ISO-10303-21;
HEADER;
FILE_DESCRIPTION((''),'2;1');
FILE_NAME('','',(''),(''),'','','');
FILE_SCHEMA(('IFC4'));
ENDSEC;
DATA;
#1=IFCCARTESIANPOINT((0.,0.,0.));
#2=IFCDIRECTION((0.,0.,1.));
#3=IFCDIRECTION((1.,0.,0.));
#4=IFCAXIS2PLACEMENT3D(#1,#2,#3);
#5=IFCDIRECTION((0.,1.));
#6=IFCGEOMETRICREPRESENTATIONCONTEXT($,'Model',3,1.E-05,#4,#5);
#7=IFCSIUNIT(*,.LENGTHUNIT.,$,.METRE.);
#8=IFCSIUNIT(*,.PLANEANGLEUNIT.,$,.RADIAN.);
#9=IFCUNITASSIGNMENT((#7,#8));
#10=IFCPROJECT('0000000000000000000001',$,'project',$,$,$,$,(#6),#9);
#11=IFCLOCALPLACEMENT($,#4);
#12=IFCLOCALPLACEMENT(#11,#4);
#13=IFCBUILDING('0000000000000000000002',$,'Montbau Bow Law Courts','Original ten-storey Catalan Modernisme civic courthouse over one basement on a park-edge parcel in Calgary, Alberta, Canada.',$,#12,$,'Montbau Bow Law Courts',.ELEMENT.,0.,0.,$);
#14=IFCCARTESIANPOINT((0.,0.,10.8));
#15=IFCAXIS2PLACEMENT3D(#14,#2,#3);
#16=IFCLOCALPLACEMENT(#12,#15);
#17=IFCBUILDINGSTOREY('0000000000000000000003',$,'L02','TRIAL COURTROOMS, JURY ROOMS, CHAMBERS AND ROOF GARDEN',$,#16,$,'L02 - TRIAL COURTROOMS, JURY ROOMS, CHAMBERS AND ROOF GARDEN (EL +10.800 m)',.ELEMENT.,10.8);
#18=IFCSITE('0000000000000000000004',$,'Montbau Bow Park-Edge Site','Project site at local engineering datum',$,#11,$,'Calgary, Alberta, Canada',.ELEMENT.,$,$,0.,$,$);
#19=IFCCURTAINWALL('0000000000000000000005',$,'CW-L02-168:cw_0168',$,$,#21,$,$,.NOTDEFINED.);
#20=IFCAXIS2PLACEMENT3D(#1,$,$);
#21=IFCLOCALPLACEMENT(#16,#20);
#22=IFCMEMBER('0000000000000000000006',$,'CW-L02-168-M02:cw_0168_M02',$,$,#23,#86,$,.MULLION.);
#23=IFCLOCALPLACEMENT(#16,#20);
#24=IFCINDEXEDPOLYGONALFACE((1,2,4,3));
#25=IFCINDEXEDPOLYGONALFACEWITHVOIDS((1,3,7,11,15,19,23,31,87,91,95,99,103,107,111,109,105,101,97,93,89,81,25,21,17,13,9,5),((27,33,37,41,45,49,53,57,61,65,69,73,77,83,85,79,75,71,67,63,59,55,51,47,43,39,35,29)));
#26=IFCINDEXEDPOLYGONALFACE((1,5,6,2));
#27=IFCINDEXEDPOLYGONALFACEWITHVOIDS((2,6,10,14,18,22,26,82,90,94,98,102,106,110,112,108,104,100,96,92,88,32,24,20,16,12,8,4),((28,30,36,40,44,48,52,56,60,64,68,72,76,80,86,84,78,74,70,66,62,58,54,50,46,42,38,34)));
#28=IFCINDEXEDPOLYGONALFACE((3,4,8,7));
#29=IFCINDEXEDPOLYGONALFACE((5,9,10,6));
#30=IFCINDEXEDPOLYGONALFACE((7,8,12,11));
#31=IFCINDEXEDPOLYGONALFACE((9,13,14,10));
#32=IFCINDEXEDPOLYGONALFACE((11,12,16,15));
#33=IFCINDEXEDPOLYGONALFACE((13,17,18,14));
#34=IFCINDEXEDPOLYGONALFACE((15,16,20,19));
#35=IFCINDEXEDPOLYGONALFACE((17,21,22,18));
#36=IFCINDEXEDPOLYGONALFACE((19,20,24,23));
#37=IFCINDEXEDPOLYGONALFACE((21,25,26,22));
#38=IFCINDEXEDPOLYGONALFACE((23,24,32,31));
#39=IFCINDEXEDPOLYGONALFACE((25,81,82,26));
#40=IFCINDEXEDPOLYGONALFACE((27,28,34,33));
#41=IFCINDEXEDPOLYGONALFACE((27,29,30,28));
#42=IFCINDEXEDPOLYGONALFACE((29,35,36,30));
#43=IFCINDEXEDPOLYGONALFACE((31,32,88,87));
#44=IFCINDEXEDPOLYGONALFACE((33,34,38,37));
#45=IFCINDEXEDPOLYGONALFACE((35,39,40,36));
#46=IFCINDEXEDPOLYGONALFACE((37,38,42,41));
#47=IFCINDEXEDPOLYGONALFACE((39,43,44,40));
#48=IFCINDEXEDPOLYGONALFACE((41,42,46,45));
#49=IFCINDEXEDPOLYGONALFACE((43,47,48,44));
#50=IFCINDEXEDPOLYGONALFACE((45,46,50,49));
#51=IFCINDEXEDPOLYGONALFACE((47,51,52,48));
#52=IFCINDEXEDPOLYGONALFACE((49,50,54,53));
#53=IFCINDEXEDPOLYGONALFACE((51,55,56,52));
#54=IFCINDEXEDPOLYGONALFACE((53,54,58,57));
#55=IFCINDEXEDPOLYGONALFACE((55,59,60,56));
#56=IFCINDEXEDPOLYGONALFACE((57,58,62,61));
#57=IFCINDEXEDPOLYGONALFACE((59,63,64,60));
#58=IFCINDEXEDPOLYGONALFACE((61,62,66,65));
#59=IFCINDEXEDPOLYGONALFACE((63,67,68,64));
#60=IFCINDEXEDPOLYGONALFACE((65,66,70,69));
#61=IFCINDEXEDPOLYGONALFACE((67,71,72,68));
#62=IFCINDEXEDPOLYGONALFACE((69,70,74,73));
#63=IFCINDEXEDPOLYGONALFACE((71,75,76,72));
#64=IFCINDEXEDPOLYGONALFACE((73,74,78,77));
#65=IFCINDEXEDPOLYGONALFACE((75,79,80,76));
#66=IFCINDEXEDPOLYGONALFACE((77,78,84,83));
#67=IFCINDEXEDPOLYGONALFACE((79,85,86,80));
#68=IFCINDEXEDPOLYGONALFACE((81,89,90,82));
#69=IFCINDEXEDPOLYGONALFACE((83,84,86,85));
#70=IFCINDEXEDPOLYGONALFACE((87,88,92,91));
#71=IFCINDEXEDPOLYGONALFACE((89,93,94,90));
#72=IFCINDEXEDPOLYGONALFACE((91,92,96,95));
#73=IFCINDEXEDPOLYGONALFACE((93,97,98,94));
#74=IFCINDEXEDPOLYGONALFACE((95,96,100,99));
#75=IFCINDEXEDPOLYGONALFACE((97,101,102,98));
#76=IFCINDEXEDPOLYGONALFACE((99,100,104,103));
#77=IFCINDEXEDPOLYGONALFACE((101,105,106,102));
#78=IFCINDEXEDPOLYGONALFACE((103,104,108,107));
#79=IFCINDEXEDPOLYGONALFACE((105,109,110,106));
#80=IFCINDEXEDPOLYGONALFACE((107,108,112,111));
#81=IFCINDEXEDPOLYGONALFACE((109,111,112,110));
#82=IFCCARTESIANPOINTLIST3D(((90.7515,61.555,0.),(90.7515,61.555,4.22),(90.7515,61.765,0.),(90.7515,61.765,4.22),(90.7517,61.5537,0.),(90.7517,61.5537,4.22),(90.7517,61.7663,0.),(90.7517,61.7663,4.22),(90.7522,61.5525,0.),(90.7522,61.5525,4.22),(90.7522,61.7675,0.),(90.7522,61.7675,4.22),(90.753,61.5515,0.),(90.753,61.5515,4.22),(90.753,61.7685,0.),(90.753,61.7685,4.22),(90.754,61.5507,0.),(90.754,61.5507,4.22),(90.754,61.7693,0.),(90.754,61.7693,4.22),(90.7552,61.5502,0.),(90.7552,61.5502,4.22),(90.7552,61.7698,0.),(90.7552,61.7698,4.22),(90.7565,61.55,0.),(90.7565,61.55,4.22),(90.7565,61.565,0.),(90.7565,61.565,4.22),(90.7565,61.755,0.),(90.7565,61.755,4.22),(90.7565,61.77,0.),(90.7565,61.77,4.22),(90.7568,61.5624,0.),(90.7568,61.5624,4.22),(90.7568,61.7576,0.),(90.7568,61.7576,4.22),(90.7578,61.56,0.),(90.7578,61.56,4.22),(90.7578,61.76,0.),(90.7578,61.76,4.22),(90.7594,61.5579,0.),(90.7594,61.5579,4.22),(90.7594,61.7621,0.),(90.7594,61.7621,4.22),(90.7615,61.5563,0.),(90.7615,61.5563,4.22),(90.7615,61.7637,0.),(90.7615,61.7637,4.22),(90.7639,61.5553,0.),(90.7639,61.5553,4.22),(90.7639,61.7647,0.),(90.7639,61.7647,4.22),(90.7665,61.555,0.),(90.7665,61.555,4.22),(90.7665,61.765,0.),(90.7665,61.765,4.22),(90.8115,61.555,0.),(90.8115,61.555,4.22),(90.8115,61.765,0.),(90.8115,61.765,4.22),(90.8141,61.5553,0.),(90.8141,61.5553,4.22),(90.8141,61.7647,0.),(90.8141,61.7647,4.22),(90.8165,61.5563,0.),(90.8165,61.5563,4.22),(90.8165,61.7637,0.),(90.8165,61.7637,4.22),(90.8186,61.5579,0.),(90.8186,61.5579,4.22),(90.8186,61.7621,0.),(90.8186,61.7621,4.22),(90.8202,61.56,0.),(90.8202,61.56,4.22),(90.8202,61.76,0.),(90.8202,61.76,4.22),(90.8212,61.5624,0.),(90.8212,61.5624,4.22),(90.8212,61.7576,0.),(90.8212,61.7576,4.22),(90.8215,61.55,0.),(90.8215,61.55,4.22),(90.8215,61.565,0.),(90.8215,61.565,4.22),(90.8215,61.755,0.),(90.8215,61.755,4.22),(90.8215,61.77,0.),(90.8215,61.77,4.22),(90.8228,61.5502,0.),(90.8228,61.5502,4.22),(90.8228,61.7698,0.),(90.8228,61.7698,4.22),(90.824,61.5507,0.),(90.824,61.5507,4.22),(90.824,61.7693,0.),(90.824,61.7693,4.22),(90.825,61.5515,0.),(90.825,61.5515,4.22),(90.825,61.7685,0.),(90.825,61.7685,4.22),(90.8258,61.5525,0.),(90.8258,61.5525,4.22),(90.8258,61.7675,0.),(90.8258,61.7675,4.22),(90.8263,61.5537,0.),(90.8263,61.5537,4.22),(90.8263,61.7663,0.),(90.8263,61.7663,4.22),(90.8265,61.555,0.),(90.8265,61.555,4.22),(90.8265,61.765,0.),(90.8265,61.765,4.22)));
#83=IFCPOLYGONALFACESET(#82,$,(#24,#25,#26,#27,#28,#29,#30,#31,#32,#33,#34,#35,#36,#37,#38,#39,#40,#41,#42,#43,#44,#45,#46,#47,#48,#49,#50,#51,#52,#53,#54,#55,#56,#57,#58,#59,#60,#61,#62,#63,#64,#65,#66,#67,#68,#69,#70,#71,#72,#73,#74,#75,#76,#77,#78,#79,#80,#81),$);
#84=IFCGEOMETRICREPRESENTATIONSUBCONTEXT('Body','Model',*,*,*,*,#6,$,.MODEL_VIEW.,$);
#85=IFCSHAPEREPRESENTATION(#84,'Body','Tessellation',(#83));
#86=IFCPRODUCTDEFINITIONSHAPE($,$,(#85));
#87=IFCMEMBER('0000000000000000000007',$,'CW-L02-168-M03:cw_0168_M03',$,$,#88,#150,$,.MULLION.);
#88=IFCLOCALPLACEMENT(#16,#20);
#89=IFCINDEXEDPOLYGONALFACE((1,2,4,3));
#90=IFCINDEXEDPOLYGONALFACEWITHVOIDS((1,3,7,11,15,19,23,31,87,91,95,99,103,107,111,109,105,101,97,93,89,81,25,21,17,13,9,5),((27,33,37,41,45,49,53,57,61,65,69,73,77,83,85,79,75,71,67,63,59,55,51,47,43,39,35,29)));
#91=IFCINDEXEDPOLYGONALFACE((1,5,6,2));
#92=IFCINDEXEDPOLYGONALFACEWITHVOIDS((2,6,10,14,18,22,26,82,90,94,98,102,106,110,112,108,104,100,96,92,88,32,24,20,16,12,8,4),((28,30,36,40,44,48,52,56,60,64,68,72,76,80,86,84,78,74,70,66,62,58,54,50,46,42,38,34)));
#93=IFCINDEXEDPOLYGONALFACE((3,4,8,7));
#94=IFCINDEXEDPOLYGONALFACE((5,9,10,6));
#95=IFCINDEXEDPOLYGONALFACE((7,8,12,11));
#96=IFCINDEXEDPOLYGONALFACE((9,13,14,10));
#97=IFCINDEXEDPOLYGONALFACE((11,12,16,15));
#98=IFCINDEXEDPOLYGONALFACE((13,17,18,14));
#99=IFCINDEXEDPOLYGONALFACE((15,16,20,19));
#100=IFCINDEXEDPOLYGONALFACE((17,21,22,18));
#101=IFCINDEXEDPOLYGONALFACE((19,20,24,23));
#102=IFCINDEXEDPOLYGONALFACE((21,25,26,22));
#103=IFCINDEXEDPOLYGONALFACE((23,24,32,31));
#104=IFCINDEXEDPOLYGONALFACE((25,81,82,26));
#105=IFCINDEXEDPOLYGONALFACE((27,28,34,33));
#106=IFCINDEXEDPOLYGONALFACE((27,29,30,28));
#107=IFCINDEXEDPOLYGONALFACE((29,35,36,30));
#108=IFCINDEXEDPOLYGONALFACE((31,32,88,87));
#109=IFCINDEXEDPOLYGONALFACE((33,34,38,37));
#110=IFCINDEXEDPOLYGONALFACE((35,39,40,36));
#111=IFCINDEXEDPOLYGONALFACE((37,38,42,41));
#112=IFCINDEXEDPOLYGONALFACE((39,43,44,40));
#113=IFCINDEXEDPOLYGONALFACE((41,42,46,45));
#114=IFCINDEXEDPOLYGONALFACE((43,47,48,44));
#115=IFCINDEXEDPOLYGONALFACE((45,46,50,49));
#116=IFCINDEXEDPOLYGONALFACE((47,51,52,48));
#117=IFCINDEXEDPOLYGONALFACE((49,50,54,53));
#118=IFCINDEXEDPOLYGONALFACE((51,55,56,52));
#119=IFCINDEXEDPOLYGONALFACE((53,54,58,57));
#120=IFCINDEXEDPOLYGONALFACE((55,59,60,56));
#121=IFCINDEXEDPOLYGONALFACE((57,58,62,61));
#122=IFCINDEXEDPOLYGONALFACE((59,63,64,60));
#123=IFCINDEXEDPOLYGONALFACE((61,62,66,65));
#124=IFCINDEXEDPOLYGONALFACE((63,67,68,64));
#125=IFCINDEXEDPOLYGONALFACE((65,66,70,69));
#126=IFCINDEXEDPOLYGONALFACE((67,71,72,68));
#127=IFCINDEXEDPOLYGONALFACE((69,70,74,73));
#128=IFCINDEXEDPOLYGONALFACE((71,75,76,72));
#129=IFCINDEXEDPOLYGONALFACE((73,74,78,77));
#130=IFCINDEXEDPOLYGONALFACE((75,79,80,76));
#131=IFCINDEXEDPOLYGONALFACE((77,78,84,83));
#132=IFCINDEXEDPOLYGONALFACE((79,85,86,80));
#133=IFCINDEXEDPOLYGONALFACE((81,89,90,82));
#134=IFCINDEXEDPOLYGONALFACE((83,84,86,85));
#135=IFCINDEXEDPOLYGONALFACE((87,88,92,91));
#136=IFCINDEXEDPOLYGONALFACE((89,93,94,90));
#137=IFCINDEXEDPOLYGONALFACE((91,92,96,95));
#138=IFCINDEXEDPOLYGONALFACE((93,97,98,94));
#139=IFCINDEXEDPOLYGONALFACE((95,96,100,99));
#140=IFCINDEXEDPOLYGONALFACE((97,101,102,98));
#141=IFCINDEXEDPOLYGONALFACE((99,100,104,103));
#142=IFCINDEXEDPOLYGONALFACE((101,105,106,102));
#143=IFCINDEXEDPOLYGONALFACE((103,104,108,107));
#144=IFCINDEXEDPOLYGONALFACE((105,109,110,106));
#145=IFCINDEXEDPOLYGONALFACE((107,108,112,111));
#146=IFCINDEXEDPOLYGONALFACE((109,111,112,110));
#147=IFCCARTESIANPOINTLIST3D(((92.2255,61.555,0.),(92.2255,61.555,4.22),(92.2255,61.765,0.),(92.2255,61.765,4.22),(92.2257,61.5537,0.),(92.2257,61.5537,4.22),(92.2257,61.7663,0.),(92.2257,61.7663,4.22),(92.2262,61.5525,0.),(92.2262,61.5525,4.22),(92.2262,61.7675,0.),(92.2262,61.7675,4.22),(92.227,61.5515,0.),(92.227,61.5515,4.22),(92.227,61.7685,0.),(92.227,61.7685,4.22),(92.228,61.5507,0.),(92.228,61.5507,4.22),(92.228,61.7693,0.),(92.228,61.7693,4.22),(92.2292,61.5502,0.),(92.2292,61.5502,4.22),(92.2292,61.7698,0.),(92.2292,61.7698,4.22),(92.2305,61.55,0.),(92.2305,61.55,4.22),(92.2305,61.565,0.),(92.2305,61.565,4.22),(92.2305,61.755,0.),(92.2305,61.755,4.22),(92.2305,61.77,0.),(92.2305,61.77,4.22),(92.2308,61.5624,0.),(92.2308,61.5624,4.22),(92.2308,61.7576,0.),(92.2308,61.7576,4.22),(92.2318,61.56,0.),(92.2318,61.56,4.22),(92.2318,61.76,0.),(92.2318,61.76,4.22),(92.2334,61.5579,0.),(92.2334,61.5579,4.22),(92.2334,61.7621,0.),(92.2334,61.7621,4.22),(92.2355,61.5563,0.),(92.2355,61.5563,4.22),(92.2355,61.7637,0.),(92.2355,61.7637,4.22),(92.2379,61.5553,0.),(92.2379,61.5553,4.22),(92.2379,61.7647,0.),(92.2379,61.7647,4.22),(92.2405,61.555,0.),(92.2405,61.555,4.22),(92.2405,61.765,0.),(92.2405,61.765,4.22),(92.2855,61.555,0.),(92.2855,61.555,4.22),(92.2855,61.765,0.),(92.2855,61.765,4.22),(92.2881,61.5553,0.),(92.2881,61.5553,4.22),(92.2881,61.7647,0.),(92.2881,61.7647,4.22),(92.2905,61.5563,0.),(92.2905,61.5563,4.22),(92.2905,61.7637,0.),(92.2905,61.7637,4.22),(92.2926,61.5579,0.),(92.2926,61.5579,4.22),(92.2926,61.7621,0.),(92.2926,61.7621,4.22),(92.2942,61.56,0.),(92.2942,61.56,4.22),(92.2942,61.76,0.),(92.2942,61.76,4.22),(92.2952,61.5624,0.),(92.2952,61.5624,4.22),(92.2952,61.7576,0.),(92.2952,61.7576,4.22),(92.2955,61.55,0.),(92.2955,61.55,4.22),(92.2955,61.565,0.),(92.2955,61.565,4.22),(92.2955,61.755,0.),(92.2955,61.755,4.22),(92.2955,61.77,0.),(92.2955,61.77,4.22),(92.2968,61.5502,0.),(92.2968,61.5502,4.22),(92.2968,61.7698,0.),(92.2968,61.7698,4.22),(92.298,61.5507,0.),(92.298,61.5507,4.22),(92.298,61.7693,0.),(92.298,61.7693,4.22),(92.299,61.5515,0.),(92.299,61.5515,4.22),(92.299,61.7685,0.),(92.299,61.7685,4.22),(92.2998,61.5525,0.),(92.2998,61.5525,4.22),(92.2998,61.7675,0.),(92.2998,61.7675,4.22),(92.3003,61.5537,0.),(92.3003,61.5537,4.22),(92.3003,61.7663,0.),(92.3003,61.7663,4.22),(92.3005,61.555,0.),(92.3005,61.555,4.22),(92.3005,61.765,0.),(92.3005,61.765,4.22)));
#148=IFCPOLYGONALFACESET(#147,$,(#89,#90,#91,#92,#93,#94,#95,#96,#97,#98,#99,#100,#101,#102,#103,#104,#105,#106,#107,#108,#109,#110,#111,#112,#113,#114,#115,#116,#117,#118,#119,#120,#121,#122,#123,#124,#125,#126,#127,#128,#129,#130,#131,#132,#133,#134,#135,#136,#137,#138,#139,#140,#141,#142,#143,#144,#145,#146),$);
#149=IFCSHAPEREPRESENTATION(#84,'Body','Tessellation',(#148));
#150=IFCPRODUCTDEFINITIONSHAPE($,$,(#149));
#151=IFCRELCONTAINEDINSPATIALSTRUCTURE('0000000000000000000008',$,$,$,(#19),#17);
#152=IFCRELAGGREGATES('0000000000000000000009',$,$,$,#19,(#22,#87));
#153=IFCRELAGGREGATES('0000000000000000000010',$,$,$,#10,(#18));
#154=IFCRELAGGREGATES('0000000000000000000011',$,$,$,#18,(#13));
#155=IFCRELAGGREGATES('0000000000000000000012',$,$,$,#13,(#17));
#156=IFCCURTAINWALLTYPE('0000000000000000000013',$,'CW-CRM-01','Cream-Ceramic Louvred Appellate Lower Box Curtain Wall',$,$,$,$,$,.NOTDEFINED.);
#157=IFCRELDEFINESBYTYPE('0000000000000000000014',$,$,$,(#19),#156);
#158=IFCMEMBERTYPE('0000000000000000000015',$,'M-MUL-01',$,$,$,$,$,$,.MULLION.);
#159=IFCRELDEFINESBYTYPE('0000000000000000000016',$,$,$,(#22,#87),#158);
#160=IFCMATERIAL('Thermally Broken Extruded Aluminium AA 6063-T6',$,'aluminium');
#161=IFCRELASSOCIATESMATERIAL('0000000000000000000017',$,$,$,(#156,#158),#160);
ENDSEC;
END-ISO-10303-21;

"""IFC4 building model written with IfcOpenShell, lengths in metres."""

from ifc_helpers import new_model, si_unit, direction, frame, origin_with_axes, origin_2d_with_axis, place, context, subcontext, project, spatial, hollow_rectangle, extrude, material, material_profile, profile_set, type_object, element, aggregate, save


model = new_model("IFC4")

# Units and contexts
model_context = context("Model", 3, precision=1e-05, world=origin_with_axes(), true_north=direction((0.0, 1.0)))
body_context = subcontext(model_context, "Body", "Model", "MODEL_VIEW")
ifc_project = project(units=[si_unit("LENGTHUNIT", "METRE"), si_unit("PLANEANGLEUNIT", "RADIAN")], contexts=[model_context])

# Site, building, storey
site_placement = place(None, origin_with_axes())
site = spatial("IfcSite", under=ifc_project, at=site_placement, Name="Montbau Bow Park-Edge Site", Description="Project site at local engineering datum", LongName="Calgary, Alberta, Canada", CompositionType="ELEMENT", RefElevation=0.0)
building_placement = place(site_placement, origin_with_axes())
building = spatial("IfcBuilding", under=site, at=building_placement, Name="Montbau Bow Law Courts", Description="Original ten-storey Catalan Modernisme civic courthouse over one basement on a park-edge parcel in Calgary, Alberta, Canada.", LongName="Montbau Bow Law Courts", CompositionType="ELEMENT", ElevationOfRefHeight=0.0, ElevationOfTerrain=0.0)
storey_placement = place(building_placement, frame((0.0, 0.0, 10.8), z_axis=(0.0, 0.0, 1.0), x_axis=(1.0, 0.0, 0.0)))
storey = spatial("IfcBuildingStorey", under=building, at=storey_placement, Name="L02", Description="TRIAL COURTROOMS, JURY ROOMS, CHAMBERS AND ROOF GARDEN", LongName="L02 - TRIAL COURTROOMS, JURY ROOMS, CHAMBERS AND ROOF GARDEN (EL +10.800 m)", CompositionType="ELEMENT", Elevation=10.8)

# Curtain wall, members
ifc_material_1 = material(Name="Thermally Broken Extruded Aluminium AA 6063-T6", Category="aluminium")
curtain_wall_type = type_object("IfcCurtainWallType", Name="CW-CRM-01", Description="Cream-Ceramic Louvred Appellate Lower Box Curtain Wall", PredefinedType="NOTDEFINED", material=ifc_material_1)
curtain_wall_placement = place(None, frame((89.315, 61.66, 10.8), z_axis=(0.0, 0.0, 1.0), x_axis=(1.0, 0.0, 0.0)))
curtain_wall = element("IfcCurtainWall", 1, at=curtain_wall_placement, inside=storey, type_object=curtain_wall_type, Name="CW-L02-168:cw_0168", PredefinedType="NOTDEFINED")
ifc_material_profile_1 = material_profile(ifc_material_1, hollow_rectangle(XDim=0.075, YDim=0.22, WallThickness=0.005, InnerFilletRadius=0.01, OuterFilletRadius=0.005, at=origin_2d_with_axis()), Name="CWM-220X75", Category="Main", Priority=0)
ifc_profile_set_1 = profile_set([ifc_material_profile_1], Name="Thermally Broken Extruded Aluminium AA 6063-T6")
member_type_1 = type_object("IfcMemberType", Name="M-MUL-01", PredefinedType="MULLION", material=ifc_profile_set_1)
member_1_placement = place(None, frame((90.789, 61.66, 10.8), z_axis=(0.0, 0.0, 1.0), x_axis=(1.0, 0.0, 0.0)))
member_1 = element("IfcMember", 2, at=member_1_placement, type_object=member_type_1, Name="CW-L02-168-M02:cw_0168_M02", PredefinedType="MULLION", context=body_context, shape_type="SweptSolid", body=[
    extrude(hollow_rectangle(XDim=0.075, YDim=0.22, WallThickness=0.005, InnerFilletRadius=0.01, OuterFilletRadius=0.005, at=origin_2d_with_axis()), origin_with_axes(), (0.0, 0.0, 1.0), 4.22),
])
member_2_placement = place(None, frame((92.263, 61.66, 10.8), z_axis=(0.0, 0.0, 1.0), x_axis=(1.0, 0.0, 0.0)))
member_2 = element("IfcMember", 3, at=member_2_placement, type_object=member_type_1, Name="CW-L02-168-M03:cw_0168_M03", PredefinedType="MULLION", context=body_context, shape_type="SweptSolid", body=[
    extrude(hollow_rectangle(XDim=0.075, YDim=0.22, WallThickness=0.005, InnerFilletRadius=0.01, OuterFilletRadius=0.005, at=origin_2d_with_axis()), origin_with_axes(), (0.0, 0.0, 1.0), 4.22),
])
aggregate(curtain_wall, [member_1, member_2])

save(model, "model.ifc")
